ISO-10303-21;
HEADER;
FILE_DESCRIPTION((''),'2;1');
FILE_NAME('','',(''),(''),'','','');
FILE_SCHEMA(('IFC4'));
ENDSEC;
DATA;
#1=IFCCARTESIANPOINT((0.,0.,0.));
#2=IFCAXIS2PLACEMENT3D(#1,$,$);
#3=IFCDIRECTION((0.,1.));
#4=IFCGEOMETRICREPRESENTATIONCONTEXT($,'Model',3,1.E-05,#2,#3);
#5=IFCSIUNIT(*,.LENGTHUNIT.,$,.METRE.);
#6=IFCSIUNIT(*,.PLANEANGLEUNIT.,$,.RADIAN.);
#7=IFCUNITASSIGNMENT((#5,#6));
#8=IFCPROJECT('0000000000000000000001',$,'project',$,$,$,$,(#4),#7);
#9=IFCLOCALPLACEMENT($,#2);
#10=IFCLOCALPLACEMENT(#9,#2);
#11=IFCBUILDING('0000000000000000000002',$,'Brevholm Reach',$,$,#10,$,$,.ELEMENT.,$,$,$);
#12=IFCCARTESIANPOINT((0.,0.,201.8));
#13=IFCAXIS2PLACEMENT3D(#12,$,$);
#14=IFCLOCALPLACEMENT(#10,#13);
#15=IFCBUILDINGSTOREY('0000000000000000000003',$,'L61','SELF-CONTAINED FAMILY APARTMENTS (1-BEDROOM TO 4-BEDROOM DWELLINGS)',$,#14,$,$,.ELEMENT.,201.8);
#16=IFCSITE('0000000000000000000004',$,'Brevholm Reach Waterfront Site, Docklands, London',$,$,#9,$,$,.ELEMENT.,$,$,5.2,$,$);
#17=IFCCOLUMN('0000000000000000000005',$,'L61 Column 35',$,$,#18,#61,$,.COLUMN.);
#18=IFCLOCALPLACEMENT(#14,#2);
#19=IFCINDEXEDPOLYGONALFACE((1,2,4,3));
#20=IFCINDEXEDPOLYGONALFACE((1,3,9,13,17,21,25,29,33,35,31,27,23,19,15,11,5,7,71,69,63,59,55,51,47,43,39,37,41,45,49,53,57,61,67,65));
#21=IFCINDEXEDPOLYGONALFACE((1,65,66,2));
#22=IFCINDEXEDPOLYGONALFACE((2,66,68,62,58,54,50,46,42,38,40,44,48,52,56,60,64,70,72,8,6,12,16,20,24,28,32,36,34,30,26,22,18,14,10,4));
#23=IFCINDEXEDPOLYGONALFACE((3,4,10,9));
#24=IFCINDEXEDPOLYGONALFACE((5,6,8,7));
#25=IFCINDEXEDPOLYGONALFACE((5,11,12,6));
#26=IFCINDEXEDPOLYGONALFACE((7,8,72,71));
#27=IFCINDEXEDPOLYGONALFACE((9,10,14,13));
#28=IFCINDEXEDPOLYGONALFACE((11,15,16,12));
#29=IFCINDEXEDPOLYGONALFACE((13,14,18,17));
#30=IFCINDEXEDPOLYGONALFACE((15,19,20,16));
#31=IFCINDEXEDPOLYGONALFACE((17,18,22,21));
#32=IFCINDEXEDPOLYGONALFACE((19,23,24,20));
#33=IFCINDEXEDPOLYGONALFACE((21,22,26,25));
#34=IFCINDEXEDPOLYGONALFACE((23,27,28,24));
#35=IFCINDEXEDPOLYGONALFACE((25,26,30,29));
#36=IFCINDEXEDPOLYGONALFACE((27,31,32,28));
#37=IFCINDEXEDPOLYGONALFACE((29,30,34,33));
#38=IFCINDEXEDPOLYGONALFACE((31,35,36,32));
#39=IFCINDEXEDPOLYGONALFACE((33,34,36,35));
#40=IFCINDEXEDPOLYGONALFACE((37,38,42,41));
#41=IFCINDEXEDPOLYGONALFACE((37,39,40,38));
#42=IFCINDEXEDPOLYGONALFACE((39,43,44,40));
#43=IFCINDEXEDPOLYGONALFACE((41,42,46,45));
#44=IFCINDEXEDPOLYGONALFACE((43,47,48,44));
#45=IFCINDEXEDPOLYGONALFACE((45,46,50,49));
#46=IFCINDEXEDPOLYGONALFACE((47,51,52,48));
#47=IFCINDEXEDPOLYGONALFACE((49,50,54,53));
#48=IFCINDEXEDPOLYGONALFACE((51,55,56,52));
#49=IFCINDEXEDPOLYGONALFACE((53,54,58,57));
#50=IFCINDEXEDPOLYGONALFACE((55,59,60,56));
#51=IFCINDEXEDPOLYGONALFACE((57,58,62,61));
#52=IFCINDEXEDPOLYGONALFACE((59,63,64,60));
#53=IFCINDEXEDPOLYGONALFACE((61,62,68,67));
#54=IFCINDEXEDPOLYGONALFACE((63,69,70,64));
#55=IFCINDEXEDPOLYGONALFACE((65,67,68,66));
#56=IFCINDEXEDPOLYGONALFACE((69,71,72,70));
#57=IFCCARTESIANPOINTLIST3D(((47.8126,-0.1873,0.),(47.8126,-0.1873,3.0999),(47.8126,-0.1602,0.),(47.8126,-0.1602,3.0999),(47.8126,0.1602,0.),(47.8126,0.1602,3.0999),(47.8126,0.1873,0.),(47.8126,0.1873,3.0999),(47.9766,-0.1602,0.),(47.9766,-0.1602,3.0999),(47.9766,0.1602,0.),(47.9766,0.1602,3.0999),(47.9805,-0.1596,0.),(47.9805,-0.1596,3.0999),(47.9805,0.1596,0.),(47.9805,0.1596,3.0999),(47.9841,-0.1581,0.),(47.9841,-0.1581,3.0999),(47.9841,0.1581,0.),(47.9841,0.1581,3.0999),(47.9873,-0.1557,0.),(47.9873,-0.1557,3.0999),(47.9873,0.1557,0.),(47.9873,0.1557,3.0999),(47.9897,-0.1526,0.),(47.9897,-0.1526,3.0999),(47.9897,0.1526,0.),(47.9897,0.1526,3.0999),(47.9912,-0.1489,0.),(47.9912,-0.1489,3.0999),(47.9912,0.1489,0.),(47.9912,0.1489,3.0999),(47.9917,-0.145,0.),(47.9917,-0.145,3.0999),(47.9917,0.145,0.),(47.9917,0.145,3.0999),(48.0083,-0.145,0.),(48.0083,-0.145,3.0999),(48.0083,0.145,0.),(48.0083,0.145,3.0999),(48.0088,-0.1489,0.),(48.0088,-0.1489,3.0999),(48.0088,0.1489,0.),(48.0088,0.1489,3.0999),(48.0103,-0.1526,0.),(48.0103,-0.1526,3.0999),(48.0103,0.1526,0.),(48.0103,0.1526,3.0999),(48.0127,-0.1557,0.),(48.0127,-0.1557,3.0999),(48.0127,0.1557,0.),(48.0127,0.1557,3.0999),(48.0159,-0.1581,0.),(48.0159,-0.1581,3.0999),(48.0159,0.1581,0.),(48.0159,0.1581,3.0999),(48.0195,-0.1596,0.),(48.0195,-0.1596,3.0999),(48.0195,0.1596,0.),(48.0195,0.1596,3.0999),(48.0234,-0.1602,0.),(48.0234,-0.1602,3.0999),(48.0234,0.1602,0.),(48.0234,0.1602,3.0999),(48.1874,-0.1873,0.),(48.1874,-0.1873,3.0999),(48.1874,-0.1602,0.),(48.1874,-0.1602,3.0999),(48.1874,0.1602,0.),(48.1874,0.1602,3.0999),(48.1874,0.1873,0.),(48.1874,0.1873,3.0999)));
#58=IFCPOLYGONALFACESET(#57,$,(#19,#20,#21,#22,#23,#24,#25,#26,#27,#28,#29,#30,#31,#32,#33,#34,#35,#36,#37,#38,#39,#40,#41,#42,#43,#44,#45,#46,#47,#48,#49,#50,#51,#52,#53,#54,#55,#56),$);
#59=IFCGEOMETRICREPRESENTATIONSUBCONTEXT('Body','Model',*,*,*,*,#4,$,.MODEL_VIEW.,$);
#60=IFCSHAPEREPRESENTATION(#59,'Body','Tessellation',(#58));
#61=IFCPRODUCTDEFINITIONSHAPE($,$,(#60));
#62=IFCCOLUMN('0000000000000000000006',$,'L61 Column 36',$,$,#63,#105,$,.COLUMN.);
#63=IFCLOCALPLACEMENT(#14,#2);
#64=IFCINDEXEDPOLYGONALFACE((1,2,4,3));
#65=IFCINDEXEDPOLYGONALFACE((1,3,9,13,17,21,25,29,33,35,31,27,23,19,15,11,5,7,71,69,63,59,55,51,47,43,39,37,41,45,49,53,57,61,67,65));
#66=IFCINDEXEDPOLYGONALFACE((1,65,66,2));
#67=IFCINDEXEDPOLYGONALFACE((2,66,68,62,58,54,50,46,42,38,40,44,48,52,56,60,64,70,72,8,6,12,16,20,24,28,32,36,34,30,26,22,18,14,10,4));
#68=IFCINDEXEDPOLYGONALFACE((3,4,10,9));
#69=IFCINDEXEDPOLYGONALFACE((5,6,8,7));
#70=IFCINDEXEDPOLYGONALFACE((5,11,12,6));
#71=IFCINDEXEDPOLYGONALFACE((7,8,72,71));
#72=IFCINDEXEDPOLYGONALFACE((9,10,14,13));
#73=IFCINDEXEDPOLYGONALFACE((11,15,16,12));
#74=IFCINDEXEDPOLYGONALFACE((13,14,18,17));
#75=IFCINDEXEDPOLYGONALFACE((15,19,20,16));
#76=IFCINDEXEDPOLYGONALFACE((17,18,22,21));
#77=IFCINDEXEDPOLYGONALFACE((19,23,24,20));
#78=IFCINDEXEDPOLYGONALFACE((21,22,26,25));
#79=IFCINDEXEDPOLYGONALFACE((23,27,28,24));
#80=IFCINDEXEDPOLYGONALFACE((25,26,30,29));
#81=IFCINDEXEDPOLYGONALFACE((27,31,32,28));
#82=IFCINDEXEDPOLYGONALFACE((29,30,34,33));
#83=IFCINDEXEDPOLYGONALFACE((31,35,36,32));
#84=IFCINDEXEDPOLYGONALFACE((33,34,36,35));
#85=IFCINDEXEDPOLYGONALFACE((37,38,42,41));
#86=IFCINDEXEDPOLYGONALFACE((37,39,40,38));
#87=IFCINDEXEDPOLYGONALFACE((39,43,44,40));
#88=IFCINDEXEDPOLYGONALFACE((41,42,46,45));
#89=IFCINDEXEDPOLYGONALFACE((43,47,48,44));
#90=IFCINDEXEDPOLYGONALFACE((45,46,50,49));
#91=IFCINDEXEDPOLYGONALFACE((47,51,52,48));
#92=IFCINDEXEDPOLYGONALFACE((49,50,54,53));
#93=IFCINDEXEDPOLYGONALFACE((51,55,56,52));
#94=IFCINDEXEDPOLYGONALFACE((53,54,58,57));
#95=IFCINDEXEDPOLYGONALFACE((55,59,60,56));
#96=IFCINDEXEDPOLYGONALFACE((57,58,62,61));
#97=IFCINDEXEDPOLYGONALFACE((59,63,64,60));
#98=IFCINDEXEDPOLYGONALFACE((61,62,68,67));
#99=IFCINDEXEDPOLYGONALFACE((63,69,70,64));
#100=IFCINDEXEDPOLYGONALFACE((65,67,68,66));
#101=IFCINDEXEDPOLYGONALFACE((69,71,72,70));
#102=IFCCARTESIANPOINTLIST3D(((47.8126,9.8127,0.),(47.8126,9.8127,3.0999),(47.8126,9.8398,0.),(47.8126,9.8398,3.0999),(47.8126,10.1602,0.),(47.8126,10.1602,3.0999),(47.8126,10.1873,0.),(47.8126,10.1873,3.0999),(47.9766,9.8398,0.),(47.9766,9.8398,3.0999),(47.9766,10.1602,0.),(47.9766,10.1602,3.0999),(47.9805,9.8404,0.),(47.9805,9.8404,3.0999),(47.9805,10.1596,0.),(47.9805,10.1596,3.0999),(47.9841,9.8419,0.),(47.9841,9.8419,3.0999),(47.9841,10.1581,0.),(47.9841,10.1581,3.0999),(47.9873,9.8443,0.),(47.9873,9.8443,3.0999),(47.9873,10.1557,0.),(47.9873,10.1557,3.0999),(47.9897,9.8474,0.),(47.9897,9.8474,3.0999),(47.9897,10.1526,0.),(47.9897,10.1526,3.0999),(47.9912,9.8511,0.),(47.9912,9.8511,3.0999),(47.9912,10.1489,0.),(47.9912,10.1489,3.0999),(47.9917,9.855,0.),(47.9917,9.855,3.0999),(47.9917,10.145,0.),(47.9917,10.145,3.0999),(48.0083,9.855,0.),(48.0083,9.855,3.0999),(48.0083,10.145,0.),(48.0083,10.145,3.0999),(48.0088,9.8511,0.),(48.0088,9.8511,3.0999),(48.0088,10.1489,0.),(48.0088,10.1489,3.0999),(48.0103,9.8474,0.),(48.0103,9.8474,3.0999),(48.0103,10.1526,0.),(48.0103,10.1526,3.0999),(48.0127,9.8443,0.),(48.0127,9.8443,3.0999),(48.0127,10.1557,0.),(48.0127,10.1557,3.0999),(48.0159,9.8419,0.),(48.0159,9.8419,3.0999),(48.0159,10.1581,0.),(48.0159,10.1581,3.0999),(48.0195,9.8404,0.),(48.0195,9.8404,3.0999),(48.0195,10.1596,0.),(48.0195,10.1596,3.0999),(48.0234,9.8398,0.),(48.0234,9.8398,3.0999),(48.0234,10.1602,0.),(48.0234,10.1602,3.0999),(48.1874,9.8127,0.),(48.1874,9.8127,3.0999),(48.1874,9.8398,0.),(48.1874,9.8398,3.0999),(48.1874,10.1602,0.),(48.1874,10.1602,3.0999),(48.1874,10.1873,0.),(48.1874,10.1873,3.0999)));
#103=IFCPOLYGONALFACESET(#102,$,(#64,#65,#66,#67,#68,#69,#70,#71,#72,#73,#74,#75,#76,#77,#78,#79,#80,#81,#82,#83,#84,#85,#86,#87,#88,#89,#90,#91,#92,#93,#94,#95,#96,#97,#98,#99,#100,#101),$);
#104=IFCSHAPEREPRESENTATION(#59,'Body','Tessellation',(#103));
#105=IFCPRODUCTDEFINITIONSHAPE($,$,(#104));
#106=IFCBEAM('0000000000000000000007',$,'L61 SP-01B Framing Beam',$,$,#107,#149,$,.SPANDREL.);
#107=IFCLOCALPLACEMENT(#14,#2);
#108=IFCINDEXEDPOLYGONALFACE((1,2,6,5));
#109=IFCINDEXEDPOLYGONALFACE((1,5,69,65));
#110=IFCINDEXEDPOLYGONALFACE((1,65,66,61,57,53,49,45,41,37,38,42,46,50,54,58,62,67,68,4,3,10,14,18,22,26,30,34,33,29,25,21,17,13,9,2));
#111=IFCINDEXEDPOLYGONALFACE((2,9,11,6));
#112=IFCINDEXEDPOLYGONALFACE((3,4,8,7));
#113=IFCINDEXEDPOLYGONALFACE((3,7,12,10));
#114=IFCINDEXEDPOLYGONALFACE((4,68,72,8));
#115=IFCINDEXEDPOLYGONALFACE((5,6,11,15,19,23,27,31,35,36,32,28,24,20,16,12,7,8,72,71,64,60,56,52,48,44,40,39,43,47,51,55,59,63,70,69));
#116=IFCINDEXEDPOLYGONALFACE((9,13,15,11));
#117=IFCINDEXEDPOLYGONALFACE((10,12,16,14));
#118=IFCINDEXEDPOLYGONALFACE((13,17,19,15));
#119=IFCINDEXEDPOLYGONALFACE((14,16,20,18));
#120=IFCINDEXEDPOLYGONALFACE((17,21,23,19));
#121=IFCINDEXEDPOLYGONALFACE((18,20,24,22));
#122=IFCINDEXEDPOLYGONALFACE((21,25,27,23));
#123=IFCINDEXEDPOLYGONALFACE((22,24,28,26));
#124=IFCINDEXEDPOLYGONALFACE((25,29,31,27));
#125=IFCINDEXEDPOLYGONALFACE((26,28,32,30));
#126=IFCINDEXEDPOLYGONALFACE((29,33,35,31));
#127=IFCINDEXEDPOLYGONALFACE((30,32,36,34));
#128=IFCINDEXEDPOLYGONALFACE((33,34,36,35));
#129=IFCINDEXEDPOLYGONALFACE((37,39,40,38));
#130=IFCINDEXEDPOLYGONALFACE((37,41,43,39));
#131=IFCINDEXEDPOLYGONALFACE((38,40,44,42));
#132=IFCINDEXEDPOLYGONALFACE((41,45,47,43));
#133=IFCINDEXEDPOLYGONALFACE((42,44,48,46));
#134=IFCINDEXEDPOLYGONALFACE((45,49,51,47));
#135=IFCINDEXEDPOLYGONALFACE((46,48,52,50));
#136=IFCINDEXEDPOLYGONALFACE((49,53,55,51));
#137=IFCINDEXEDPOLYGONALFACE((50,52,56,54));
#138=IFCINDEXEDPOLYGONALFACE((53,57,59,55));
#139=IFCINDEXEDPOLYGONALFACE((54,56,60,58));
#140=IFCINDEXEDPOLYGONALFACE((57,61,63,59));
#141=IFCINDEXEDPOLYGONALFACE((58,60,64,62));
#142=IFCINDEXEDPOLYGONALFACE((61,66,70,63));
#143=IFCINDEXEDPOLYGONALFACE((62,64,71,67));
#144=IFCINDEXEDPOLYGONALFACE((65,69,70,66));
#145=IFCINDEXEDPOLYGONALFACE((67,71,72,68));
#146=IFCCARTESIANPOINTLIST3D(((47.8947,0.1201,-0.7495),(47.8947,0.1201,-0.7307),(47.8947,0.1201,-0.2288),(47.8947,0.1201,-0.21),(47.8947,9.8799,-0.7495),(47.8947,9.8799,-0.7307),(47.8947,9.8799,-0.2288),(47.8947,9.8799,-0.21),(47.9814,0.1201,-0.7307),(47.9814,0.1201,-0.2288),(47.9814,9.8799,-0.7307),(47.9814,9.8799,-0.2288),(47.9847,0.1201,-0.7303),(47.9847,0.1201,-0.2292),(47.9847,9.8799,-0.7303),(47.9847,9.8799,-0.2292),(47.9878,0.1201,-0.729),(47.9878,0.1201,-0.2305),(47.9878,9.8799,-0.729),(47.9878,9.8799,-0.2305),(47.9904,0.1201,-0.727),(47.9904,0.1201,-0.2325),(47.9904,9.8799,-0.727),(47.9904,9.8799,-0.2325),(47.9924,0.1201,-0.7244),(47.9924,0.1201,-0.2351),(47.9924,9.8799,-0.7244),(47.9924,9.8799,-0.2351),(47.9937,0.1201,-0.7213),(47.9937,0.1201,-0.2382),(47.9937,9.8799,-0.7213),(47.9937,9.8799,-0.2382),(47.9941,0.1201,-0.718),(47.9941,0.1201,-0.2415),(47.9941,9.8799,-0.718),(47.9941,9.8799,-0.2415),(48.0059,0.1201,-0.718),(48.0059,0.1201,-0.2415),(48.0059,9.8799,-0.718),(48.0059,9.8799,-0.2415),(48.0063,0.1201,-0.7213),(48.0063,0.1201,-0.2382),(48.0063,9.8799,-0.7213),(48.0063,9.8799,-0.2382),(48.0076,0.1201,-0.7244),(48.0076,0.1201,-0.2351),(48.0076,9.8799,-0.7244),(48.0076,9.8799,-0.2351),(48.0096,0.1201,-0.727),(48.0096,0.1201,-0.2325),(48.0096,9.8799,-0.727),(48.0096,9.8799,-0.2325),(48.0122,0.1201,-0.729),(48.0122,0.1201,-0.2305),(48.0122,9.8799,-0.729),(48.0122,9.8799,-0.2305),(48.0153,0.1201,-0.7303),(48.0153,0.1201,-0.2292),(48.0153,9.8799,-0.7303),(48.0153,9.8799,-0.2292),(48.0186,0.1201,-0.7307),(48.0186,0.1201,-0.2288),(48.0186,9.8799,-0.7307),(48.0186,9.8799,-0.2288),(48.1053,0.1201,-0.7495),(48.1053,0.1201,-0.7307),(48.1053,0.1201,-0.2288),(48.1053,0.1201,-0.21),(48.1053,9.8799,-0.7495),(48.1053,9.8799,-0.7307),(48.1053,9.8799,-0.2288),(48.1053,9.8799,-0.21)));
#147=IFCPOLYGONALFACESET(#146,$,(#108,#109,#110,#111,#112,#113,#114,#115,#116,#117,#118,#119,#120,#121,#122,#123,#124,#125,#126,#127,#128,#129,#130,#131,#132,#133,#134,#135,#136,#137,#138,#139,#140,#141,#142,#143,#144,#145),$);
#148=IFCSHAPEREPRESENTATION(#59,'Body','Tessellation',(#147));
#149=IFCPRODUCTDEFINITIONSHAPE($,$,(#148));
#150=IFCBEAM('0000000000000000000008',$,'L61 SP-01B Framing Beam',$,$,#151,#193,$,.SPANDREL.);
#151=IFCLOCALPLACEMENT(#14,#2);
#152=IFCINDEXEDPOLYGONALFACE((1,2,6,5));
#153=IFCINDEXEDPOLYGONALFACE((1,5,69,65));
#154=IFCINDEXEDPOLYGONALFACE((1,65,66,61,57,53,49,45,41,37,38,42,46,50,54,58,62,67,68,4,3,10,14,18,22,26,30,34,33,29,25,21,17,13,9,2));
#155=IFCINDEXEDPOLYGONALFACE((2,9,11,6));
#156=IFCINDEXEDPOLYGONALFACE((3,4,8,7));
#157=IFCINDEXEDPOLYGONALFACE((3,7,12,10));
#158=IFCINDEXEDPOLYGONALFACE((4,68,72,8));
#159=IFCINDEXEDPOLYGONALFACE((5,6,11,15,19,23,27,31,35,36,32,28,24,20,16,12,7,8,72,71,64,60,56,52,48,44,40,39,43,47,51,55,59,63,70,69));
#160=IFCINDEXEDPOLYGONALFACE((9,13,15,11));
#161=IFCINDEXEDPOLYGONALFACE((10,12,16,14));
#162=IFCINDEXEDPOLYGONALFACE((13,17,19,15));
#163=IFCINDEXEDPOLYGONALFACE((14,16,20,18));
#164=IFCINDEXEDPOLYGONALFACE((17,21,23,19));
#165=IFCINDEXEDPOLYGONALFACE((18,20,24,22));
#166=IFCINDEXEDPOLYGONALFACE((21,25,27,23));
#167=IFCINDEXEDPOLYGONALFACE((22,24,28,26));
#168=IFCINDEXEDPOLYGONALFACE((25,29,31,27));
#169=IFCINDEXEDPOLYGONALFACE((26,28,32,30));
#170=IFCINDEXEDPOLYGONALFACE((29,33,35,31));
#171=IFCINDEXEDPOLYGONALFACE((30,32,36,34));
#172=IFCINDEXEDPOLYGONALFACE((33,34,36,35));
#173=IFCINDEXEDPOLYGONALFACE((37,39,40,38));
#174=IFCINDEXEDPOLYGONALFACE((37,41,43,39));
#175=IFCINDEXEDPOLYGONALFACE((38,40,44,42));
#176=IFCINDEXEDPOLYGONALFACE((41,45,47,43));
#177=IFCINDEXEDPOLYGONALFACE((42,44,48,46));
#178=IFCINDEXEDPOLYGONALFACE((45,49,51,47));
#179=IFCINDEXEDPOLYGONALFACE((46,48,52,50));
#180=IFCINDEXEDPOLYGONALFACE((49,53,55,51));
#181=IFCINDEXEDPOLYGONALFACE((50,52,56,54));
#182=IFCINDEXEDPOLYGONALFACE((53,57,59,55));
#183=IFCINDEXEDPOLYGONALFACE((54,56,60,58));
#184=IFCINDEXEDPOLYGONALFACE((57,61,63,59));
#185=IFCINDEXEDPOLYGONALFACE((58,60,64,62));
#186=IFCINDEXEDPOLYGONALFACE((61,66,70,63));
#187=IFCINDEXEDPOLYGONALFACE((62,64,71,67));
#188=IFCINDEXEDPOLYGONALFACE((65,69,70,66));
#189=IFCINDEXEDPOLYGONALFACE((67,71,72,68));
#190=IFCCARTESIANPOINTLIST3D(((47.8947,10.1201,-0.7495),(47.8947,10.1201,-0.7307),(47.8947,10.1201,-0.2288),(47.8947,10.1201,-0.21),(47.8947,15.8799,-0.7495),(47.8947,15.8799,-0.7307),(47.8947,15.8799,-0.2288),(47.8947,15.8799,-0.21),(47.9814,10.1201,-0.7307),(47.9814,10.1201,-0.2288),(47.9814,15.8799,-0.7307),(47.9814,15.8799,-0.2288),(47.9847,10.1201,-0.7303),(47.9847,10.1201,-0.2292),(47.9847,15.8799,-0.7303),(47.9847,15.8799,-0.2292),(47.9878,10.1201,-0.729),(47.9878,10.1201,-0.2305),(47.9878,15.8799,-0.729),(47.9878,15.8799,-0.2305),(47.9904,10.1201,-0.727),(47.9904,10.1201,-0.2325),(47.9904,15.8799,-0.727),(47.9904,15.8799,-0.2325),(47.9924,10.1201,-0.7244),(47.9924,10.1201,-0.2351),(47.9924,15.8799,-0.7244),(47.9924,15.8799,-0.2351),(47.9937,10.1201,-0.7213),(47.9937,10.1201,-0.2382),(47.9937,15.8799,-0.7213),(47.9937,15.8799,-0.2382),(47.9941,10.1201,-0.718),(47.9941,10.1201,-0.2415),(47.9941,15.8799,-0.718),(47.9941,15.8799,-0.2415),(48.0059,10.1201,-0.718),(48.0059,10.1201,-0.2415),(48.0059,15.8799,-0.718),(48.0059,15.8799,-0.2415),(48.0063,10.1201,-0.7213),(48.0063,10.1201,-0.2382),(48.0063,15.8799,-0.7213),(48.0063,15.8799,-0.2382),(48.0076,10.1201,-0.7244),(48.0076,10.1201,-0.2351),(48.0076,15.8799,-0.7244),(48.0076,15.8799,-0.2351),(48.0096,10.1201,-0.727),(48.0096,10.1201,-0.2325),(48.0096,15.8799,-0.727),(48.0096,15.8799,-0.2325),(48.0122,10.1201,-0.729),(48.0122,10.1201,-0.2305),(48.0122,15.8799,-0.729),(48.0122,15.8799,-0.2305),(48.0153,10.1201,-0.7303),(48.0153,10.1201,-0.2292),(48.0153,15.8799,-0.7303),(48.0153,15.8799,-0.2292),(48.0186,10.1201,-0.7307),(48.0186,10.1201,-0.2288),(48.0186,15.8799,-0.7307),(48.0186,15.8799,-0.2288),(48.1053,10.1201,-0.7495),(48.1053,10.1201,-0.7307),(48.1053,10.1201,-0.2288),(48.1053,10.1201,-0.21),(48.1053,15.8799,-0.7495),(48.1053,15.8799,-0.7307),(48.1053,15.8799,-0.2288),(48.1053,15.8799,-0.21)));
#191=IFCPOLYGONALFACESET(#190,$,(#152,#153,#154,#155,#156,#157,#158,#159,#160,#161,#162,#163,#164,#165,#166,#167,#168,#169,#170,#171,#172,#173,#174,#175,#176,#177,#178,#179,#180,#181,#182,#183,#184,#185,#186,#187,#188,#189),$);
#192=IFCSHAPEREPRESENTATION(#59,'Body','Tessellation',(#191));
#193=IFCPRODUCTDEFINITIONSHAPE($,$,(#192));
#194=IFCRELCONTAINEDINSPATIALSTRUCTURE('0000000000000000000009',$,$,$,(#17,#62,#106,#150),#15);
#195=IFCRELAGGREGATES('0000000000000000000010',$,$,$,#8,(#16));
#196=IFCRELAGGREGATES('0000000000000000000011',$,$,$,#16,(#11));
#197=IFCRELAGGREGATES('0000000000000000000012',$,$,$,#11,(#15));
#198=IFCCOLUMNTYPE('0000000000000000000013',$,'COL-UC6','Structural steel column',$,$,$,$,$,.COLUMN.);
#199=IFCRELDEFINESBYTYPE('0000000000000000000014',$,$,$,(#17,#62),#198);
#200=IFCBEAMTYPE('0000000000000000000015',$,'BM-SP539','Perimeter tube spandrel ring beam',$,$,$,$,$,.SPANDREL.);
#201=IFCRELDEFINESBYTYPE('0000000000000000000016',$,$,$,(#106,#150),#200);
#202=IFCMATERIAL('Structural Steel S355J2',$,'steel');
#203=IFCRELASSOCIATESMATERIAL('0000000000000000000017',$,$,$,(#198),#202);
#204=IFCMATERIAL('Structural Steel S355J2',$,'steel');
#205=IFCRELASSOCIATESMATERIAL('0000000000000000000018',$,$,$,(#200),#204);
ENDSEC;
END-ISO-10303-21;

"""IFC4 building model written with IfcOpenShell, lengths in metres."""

from ifc_helpers import new_model, si_unit, direction, frame, origin, origin_2d, place, context, subcontext, project, spatial, i_section, extrude, material, material_profile, profile_set, type_object, element, save


model = new_model("IFC4")

# Units and contexts
model_context = context("Model", 3, precision=1e-05, world=origin(), true_north=direction((0.0, 1.0)))
body_context = subcontext(model_context, "Body", "Model", "MODEL_VIEW")
ifc_project = project(units=[si_unit("LENGTHUNIT", "METRE"), si_unit("PLANEANGLEUNIT", "RADIAN")], contexts=[model_context])

# Site, building, storey
site_placement = place(None, origin())
site = spatial("IfcSite", under=ifc_project, at=site_placement, Name="Brevholm Reach Waterfront Site, Docklands, London", CompositionType="ELEMENT", RefElevation=5.2)
building_placement = place(site_placement, origin())
building = spatial("IfcBuilding", under=site, at=building_placement, Name="Brevholm Reach", CompositionType="ELEMENT")
storey_placement = place(building_placement, frame((0.0, 0.0, 201.8)))
storey = spatial("IfcBuildingStorey", under=building, at=storey_placement, Name="L61", Description="SELF-CONTAINED FAMILY APARTMENTS (1-BEDROOM TO 4-BEDROOM DWELLINGS)", CompositionType="ELEMENT", Elevation=201.8)

# Columns
ifc_material_1 = material(Name="Structural Steel S355J2", Category="steel")
ifc_material_profile_1 = material_profile(ifc_material_1, i_section(OverallWidth=0.3748, OverallDepth=0.3745, WebThickness=0.0166, FlangeThickness=0.0271, FilletRadius=0.0151, at=origin_2d()), Name="UKC 356x368x202")
ifc_profile_set_1 = profile_set([ifc_material_profile_1], Name="Structural Steel S355J2")
column_type = type_object("IfcColumnType", Name="COL-UC6", Description="Structural steel column", PredefinedType="COLUMN", material=ifc_profile_set_1)
for number, where, z_axis, x_axis, name in (
    (1, (48.0, 0.0, 0.0), (0.0, 0.0, 1.0), (1.0, 0.0, 0.0), "L61 Column 35"),
    (2, (48.0, 10.0, 0.0), (0.0, 0.0, 1.0), (1.0, 0.0, 0.0), "L61 Column 36"),
):
    element("IfcColumn", number, at=place(storey_placement, frame(where, z_axis=z_axis, x_axis=x_axis)), inside=storey, type_object=column_type, Name=name, PredefinedType="COLUMN", context=body_context, shape_type="SweptSolid", body=[
        extrude(i_section(OverallWidth=0.3748, OverallDepth=0.3745, WebThickness=0.0166, FlangeThickness=0.0271, FilletRadius=0.0151, at=origin_2d()), origin(), (0.0, 0.0, 1.0), 3.0999),
    ])

# Beams
ifc_material_2 = material(Name="Structural Steel S355J2", Category="steel")
ifc_material_profile_2 = material_profile(ifc_material_2, i_section(OverallWidth=0.2107, OverallDepth=0.5396, WebThickness=0.0117, FlangeThickness=0.0188, FilletRadius=0.0127, at=origin_2d()), Name="UKB 533x210x109")
ifc_profile_set_2 = profile_set([ifc_material_profile_2], Name="Structural Steel S355J2")
beam_type = type_object("IfcBeamType", Name="BM-SP539", Description="Perimeter tube spandrel ring beam", PredefinedType="SPANDREL", material=ifc_profile_set_2)
beam_1_placement = place(storey_placement, frame((48.0, 0.1201, -0.4797), z_axis=(0.0, 1.0, 0.0), x_axis=(-1.0, 0.0, 0.0)))
element("IfcBeam", 3, at=beam_1_placement, inside=storey, type_object=beam_type, Name="L61 SP-01B Framing Beam", PredefinedType="SPANDREL", context=body_context, shape_type="SweptSolid", body=[
    extrude(i_section(OverallWidth=0.2107, OverallDepth=0.5396, WebThickness=0.0117, FlangeThickness=0.0188, FilletRadius=0.0127, at=origin_2d()), origin(), (0.0, 0.0, 1.0), 9.7598),
])
beam_2_placement = place(storey_placement, frame((48.0, 10.1201, -0.4797), z_axis=(0.0, 1.0, 0.0), x_axis=(-1.0, 0.0, 0.0)))
element("IfcBeam", 4, at=beam_2_placement, inside=storey, type_object=beam_type, Name="L61 SP-01B Framing Beam", PredefinedType="SPANDREL", context=body_context, shape_type="SweptSolid", body=[
    extrude(i_section(OverallWidth=0.2107, OverallDepth=0.5396, WebThickness=0.0117, FlangeThickness=0.0188, FilletRadius=0.0127, at=origin_2d()), origin(), (0.0, 0.0, 1.0), 5.7598),
])

save(model, "model.ifc")
